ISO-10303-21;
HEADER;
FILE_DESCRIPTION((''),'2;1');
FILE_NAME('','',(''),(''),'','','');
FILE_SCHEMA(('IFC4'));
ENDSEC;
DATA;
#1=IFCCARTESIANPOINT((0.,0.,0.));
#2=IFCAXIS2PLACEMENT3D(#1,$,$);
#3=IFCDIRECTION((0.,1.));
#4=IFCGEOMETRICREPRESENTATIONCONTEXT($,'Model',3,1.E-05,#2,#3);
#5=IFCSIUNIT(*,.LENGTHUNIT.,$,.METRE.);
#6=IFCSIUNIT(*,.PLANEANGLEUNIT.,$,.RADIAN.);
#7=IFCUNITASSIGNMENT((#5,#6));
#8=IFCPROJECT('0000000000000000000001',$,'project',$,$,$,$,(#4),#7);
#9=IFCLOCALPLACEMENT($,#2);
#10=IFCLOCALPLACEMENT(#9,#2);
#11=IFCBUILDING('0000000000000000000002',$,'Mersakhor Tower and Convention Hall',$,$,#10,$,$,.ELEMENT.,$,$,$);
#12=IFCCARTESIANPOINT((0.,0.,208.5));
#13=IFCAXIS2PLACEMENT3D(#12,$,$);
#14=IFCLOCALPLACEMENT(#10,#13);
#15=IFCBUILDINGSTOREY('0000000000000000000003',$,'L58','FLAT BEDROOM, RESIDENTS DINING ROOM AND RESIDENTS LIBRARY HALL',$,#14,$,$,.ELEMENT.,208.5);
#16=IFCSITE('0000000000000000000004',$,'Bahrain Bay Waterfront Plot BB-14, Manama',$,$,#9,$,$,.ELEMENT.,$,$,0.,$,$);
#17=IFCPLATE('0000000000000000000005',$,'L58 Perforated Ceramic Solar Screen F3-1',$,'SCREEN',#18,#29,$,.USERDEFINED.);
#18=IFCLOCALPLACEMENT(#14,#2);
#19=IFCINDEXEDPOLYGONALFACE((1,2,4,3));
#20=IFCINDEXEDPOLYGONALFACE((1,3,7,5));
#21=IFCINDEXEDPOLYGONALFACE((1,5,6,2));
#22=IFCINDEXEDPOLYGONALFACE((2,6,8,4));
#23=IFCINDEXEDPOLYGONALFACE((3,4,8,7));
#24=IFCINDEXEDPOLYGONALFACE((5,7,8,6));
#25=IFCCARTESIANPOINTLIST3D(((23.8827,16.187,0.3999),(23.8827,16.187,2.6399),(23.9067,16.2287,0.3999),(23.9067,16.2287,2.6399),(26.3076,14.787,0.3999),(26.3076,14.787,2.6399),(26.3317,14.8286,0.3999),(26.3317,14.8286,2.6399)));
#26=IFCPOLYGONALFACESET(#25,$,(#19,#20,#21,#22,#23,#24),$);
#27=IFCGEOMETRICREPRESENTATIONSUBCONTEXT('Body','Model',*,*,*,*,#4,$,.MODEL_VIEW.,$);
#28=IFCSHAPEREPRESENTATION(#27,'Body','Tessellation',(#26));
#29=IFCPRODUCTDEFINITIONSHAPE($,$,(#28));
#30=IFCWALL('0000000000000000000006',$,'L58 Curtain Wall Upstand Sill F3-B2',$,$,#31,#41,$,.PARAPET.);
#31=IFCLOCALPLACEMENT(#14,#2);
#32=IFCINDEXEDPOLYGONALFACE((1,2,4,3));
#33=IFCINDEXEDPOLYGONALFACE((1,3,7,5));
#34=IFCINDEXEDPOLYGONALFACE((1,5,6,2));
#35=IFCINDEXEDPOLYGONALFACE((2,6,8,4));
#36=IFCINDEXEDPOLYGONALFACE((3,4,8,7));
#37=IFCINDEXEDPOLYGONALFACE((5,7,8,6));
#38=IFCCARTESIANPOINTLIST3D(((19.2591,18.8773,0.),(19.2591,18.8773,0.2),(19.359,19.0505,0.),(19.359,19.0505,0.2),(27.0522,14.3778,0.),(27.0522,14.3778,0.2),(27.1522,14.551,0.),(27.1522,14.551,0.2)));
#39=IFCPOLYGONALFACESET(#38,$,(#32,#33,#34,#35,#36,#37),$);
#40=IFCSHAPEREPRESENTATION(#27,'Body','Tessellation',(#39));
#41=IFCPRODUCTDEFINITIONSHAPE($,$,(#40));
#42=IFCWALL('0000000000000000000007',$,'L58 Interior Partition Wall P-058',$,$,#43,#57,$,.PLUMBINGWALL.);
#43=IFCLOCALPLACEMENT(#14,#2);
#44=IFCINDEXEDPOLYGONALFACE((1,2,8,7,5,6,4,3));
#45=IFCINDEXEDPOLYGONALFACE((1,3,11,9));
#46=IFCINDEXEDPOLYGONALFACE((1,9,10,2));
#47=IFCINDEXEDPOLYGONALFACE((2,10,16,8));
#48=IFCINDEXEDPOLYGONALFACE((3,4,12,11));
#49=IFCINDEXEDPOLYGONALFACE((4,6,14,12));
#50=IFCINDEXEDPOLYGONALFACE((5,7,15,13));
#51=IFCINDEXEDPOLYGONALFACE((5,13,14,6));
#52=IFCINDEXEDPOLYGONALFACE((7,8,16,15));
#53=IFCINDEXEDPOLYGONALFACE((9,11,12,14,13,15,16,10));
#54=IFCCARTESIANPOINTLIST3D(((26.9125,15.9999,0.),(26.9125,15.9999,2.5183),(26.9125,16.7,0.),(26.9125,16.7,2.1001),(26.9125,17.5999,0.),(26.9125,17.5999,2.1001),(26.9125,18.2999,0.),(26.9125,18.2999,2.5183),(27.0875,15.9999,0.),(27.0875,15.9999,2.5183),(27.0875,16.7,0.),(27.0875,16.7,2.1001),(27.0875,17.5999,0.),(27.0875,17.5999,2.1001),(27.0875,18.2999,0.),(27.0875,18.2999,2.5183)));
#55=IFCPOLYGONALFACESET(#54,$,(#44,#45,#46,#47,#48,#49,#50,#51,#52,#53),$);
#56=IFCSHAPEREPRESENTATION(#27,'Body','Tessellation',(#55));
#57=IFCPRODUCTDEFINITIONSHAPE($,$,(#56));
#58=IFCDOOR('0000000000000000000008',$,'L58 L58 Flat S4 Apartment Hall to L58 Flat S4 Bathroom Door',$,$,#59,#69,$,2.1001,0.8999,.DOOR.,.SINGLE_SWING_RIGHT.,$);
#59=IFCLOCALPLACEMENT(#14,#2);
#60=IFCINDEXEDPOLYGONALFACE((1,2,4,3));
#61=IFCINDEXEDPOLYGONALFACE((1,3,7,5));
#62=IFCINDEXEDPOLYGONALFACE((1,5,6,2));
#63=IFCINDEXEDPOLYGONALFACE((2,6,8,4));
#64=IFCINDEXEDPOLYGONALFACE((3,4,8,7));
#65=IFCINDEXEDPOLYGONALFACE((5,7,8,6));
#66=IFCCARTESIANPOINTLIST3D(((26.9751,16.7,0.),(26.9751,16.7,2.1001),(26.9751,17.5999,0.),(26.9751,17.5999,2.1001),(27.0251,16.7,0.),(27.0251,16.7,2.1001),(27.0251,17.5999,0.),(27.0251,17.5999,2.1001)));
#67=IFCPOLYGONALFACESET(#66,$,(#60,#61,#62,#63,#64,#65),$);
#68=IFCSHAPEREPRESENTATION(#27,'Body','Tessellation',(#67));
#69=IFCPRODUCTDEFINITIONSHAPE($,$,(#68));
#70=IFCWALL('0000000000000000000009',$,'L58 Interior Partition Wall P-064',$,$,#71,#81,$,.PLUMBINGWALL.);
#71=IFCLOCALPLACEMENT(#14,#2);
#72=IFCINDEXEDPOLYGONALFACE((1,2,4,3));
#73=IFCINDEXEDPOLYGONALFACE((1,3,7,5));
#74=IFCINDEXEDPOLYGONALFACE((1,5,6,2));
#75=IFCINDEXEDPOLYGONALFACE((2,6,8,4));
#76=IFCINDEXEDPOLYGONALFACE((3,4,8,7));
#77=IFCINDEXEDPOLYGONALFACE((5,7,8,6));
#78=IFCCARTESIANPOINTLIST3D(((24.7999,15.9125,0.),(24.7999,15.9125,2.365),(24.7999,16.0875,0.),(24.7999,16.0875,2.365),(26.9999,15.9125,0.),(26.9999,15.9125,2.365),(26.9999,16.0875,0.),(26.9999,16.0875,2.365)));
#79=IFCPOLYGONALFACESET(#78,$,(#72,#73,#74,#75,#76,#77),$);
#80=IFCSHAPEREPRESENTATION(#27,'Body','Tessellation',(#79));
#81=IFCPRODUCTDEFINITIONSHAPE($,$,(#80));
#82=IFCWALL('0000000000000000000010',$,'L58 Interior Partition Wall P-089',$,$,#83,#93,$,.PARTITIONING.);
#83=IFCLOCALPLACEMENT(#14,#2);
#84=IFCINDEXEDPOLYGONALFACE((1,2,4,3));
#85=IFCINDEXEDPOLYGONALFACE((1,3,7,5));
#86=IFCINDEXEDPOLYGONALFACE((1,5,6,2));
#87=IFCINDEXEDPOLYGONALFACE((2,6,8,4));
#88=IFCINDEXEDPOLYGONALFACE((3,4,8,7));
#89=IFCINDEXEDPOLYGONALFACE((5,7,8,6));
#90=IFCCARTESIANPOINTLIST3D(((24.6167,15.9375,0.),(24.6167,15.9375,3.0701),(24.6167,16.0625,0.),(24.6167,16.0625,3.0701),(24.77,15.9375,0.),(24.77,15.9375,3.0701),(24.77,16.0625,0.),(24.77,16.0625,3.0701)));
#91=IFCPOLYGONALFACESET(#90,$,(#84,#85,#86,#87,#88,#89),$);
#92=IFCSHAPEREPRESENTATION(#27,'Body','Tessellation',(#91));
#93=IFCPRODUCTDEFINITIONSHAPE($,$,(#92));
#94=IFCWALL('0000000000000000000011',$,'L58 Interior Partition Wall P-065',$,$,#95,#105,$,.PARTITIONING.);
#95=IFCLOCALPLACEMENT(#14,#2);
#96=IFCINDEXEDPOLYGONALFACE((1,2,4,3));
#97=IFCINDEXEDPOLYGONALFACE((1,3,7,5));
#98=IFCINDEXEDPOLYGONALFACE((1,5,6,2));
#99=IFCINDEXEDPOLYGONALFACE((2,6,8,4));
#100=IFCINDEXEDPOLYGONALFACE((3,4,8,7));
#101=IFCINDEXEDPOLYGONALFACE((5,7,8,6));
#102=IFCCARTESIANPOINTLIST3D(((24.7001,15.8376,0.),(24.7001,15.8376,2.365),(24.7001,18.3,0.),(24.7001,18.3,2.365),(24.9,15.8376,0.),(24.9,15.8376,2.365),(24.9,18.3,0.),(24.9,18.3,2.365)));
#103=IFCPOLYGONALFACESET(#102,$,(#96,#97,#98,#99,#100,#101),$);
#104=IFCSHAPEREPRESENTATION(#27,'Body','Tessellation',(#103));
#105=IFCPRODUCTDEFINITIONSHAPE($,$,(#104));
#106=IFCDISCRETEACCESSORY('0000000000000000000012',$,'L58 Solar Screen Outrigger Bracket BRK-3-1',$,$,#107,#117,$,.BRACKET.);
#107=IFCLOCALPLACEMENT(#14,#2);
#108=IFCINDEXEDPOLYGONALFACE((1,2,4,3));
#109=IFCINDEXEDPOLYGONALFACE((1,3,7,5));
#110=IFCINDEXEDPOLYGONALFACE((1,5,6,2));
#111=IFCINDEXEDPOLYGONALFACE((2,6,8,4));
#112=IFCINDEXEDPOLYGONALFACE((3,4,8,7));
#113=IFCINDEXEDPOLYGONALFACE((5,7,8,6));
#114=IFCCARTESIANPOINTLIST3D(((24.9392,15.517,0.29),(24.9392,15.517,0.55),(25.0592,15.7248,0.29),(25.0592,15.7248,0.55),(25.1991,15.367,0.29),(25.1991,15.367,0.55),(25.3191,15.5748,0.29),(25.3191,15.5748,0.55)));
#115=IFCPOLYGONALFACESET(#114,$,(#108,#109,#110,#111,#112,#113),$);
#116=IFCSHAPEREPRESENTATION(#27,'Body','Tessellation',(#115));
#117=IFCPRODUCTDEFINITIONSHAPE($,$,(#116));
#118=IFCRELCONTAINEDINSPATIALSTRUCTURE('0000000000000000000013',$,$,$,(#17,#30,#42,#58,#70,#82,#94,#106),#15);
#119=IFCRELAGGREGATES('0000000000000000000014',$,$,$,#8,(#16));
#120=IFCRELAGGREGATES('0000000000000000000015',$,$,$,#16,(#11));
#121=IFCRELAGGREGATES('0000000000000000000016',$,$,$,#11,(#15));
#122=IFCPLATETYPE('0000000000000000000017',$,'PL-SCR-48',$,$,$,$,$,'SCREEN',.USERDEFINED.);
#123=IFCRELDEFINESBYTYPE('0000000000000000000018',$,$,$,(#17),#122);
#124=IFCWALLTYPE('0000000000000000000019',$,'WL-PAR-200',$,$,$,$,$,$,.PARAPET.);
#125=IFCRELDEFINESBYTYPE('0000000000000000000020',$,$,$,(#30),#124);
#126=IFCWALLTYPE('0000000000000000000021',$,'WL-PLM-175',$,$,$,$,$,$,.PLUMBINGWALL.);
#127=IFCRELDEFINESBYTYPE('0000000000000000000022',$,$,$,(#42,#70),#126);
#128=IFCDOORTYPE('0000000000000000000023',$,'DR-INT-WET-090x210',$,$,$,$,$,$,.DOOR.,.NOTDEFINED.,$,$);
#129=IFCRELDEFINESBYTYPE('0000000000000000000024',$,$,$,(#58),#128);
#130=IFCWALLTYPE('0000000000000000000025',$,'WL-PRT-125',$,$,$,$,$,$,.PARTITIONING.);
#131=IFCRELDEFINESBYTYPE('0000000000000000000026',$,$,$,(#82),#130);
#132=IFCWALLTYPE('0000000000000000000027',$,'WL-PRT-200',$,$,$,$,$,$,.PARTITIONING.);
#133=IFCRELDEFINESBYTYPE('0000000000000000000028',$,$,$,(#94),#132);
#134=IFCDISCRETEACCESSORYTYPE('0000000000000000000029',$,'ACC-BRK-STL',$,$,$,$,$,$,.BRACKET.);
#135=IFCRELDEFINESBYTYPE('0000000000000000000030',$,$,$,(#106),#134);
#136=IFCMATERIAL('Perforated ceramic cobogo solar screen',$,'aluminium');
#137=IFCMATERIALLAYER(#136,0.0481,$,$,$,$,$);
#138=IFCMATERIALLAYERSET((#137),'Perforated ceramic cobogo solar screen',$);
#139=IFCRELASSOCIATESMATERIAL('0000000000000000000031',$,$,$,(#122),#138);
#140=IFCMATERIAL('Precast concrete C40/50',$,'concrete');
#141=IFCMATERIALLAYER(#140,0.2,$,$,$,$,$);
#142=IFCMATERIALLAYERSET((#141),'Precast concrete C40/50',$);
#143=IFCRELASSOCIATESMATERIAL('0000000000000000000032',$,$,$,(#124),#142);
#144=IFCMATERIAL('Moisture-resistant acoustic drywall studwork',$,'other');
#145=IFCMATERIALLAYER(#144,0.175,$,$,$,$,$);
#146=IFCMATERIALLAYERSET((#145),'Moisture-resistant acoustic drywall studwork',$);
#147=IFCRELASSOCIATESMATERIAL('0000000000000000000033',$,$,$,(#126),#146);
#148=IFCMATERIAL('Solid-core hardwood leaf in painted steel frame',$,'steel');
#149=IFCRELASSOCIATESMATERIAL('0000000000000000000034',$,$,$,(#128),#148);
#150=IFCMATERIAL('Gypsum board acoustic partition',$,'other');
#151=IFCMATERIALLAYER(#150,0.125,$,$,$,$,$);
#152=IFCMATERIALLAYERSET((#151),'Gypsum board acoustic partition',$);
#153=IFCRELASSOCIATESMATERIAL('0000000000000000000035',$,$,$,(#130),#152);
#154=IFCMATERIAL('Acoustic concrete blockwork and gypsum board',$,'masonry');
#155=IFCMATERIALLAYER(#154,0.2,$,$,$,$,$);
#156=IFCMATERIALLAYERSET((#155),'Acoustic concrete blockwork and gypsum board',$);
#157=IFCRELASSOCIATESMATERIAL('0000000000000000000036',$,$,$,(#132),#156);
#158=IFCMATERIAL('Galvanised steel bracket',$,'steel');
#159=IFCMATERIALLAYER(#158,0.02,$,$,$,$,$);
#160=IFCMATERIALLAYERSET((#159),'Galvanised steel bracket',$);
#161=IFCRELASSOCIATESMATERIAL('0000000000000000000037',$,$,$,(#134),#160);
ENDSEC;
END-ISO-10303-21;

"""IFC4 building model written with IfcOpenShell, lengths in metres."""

from ifc_helpers import new_model, si_unit, direction, frame, frame_2d, origin, origin_2d, place, context, subcontext, project, spatial, rectangle, extrude, material, layer, layer_set, type_object, element, fill, save


model = new_model("IFC4")

# Units and contexts
model_context = context("Model", 3, precision=1e-05, world=origin(), true_north=direction((0.0, 1.0)))
body_context = subcontext(model_context, "Body", "Model", "MODEL_VIEW")
ifc_project = project(units=[si_unit("LENGTHUNIT", "METRE"), si_unit("PLANEANGLEUNIT", "RADIAN")], contexts=[model_context])

# Site, building, storey
site_placement = place(None, origin())
site = spatial("IfcSite", under=ifc_project, at=site_placement, Name="Bahrain Bay Waterfront Plot BB-14, Manama", CompositionType="ELEMENT", RefElevation=0.0)
building_placement = place(site_placement, origin())
building = spatial("IfcBuilding", under=site, at=building_placement, Name="Mersakhor Tower and Convention Hall", CompositionType="ELEMENT")
storey_placement = place(building_placement, frame((0.0, 0.0, 208.5)))
storey = spatial("IfcBuildingStorey", under=building, at=storey_placement, Name="L58", Description="FLAT BEDROOM, RESIDENTS DINING ROOM AND RESIDENTS LIBRARY HALL", CompositionType="ELEMENT", Elevation=208.5)

# Plate
ifc_material_1 = material(Name="Perforated ceramic cobogo solar screen", Category="aluminium")
ifc_layer_1 = layer(ifc_material_1, 0.0481)
ifc_layer_set_1 = layer_set([ifc_layer_1], Name="Perforated ceramic cobogo solar screen")
plate_type_1 = type_object("IfcPlateType", Name="PL-SCR-48", ElementType="SCREEN", PredefinedType="USERDEFINED", material=ifc_layer_set_1)
plate_1_placement = place(storey_placement, frame((25.1072, 15.5078, 0.3999), z_axis=(0.0, 0.0, 1.0), x_axis=(-0.866025, 0.5, 0.0)))
element("IfcPlate", 1, at=plate_1_placement, inside=storey, type_object=plate_type_1, Name="L58 Perforated Ceramic Solar Screen F3-1", ObjectType="SCREEN", PredefinedType="USERDEFINED", context=body_context, shape_type="SweptSolid", body=[
    extrude(rectangle(XDim=2.8, YDim=0.0481, at=origin_2d()), origin(), (0.0, 0.0, 1.0), 2.24),
])

# Wall
ifc_material_2 = material(Name="Precast concrete C40/50", Category="concrete")
ifc_layer_2 = layer(ifc_material_2, 0.2)
ifc_layer_set_2 = layer_set([ifc_layer_2], Name="Precast concrete C40/50")
wall_type_1 = type_object("IfcWallType", Name="WL-PAR-200", PredefinedType="PARAPET", material=ifc_layer_set_2)
wall_1_placement = place(storey_placement, frame((27.1023, 14.4644, 0.0), z_axis=(0.0, 0.0, 1.0), x_axis=(-0.866021, 0.500008, 0.0)))
element("IfcWall", 2, at=wall_1_placement, inside=storey, type_object=wall_type_1, Name="L58 Curtain Wall Upstand Sill F3-B2", PredefinedType="PARAPET", context=body_context, shape_type="SweptSolid", body=[
    extrude(rectangle(XDim=8.9988, YDim=0.2, at=frame_2d((4.4995, 0.0))), origin(), (0.0, 0.0, 1.0), 0.2),
])

# Wall, opening, door
ifc_material_3 = material(Name="Moisture-resistant acoustic drywall studwork", Category="other")
ifc_layer_3 = layer(ifc_material_3, 0.175)
ifc_layer_set_3 = layer_set([ifc_layer_3], Name="Moisture-resistant acoustic drywall studwork")
wall_type_2 = type_object("IfcWallType", Name="WL-PLM-175", PredefinedType="PLUMBINGWALL", material=ifc_layer_set_3)
wall_2_placement = place(storey_placement, frame((27.0, 16.0, 0.0), z_axis=(0.0, 0.0, 1.0), x_axis=(0.0, 1.0, 0.0)))
wall_2 = element("IfcWall", 3, at=wall_2_placement, inside=storey, type_object=wall_type_2, Name="L58 Interior Partition Wall P-058", PredefinedType="PLUMBINGWALL", context=body_context, shape_type="SweptSolid", body=[
    extrude(rectangle(XDim=2.3, YDim=0.175, at=frame_2d((1.1499, 0.0))), origin(), (0.0, 0.0, 1.0), 2.5183),
])
opening_placement = place(wall_2_placement, frame((0.7, 0.0, 0.0)))
opening = element("IfcOpeningElement", 4, at=opening_placement, cuts=wall_2, PredefinedType="OPENING", context=body_context, shape_type="SweptSolid", body=[
    extrude(rectangle(XDim=0.8999, YDim=2.1001, at=frame_2d((0.45, 1.05))), frame((0.0, 0.0974, 0.0), z_axis=(0.0, -1.0, 0.0), x_axis=(1.0, 0.0, 0.0)), (0.0, 0.0, 1.0), 0.1951),
])
ifc_material_4 = material(Name="Solid-core hardwood leaf in painted steel frame", Category="steel")
door_type = type_object("IfcDoorType", Name="DR-INT-WET-090x210", OperationType="NOTDEFINED", PredefinedType="DOOR", material=ifc_material_4)
door_placement = place(opening_placement, origin())
door = element("IfcDoor", 5, at=door_placement, inside=storey, type_object=door_type, Name="L58 L58 Flat S4 Apartment Hall to L58 Flat S4 Bathroom Door", OperationType="SINGLE_SWING_RIGHT", OverallHeight=2.1001, OverallWidth=0.8999, PredefinedType="DOOR", context=body_context, shape_type="SweptSolid", body=[
    extrude(rectangle(XDim=0.8999, YDim=2.1001, at=frame_2d((0.45, 1.05))), frame((0.0, 0.0249, 0.0), z_axis=(0.0, -1.0, 0.0), x_axis=(1.0, 0.0, 0.0)), (0.0, 0.0, 1.0), 0.05),
])
fill(opening, door)

# Walls
wall_3_placement = place(storey_placement, frame((27.0, 16.0, 0.0), z_axis=(0.0, 0.0, 1.0), x_axis=(-1.0, 0.0, 0.0)))
element("IfcWall", 6, at=wall_3_placement, inside=storey, type_object=wall_type_2, Name="L58 Interior Partition Wall P-064", PredefinedType="PLUMBINGWALL", context=body_context, shape_type="SweptSolid", body=[
    extrude(rectangle(XDim=2.2, YDim=0.175, at=frame_2d((1.1001, 0.0))), origin(), (0.0, 0.0, 1.0), 2.365),
])
ifc_material_5 = material(Name="Gypsum board acoustic partition", Category="other")
ifc_layer_4 = layer(ifc_material_5, 0.125)
ifc_layer_set_4 = layer_set([ifc_layer_4], Name="Gypsum board acoustic partition")
wall_type_3 = type_object("IfcWallType", Name="WL-PRT-125", PredefinedType="PARTITIONING", material=ifc_layer_set_4)
wall_4_placement = place(storey_placement, frame((24.77, 16.0, 0.0), z_axis=(0.0, 0.0, 1.0), x_axis=(-1.0, 0.0, 0.0)))
element("IfcWall", 7, at=wall_4_placement, inside=storey, type_object=wall_type_3, Name="L58 Interior Partition Wall P-089", PredefinedType="PARTITIONING", context=body_context, shape_type="SweptSolid", body=[
    extrude(rectangle(XDim=0.1533, YDim=0.125, at=frame_2d((0.0767, 0.0))), origin(), (0.0, 0.0, 1.0), 3.0701),
])
ifc_material_6 = material(Name="Acoustic concrete blockwork and gypsum board", Category="masonry")
ifc_layer_5 = layer(ifc_material_6, 0.2)
ifc_layer_set_5 = layer_set([ifc_layer_5], Name="Acoustic concrete blockwork and gypsum board")
wall_type_4 = type_object("IfcWallType", Name="WL-PRT-200", PredefinedType="PARTITIONING", material=ifc_layer_set_5)
wall_5_placement = place(storey_placement, frame((24.8, 15.8376, 0.0), z_axis=(0.0, 0.0, 1.0), x_axis=(0.0, 1.0, 0.0)))
element("IfcWall", 8, at=wall_5_placement, inside=storey, type_object=wall_type_4, Name="L58 Interior Partition Wall P-065", PredefinedType="PARTITIONING", context=body_context, shape_type="SweptSolid", body=[
    extrude(rectangle(XDim=2.4624, YDim=0.2, at=frame_2d((1.2312, 0.0))), origin(), (0.0, 0.0, 1.0), 2.365),
])

# Discrete accessory
ifc_material_7 = material(Name="Galvanised steel bracket", Category="steel")
ifc_layer_6 = layer(ifc_material_7, 0.02)
ifc_layer_set_6 = layer_set([ifc_layer_6], Name="Galvanised steel bracket")
discrete_accessory_type = type_object("IfcDiscreteAccessoryType", Name="ACC-BRK-STL", PredefinedType="BRACKET", material=ifc_layer_set_6)
discrete_accessory_placement = place(storey_placement, frame((25.1292, 15.5459, 0.29), z_axis=(0.0, 0.0, 1.0), x_axis=(-0.866025, 0.5, 0.0)))
element("IfcDiscreteAccessory", 9, at=discrete_accessory_placement, inside=storey, type_object=discrete_accessory_type, Name="L58 Solar Screen Outrigger Bracket BRK-3-1", PredefinedType="BRACKET", context=body_context, shape_type="SweptSolid", body=[
    extrude(rectangle(XDim=0.3, YDim=0.24, at=origin_2d()), origin(), (0.0, 0.0, 1.0), 0.26),
])

save(model, "model.ifc")
